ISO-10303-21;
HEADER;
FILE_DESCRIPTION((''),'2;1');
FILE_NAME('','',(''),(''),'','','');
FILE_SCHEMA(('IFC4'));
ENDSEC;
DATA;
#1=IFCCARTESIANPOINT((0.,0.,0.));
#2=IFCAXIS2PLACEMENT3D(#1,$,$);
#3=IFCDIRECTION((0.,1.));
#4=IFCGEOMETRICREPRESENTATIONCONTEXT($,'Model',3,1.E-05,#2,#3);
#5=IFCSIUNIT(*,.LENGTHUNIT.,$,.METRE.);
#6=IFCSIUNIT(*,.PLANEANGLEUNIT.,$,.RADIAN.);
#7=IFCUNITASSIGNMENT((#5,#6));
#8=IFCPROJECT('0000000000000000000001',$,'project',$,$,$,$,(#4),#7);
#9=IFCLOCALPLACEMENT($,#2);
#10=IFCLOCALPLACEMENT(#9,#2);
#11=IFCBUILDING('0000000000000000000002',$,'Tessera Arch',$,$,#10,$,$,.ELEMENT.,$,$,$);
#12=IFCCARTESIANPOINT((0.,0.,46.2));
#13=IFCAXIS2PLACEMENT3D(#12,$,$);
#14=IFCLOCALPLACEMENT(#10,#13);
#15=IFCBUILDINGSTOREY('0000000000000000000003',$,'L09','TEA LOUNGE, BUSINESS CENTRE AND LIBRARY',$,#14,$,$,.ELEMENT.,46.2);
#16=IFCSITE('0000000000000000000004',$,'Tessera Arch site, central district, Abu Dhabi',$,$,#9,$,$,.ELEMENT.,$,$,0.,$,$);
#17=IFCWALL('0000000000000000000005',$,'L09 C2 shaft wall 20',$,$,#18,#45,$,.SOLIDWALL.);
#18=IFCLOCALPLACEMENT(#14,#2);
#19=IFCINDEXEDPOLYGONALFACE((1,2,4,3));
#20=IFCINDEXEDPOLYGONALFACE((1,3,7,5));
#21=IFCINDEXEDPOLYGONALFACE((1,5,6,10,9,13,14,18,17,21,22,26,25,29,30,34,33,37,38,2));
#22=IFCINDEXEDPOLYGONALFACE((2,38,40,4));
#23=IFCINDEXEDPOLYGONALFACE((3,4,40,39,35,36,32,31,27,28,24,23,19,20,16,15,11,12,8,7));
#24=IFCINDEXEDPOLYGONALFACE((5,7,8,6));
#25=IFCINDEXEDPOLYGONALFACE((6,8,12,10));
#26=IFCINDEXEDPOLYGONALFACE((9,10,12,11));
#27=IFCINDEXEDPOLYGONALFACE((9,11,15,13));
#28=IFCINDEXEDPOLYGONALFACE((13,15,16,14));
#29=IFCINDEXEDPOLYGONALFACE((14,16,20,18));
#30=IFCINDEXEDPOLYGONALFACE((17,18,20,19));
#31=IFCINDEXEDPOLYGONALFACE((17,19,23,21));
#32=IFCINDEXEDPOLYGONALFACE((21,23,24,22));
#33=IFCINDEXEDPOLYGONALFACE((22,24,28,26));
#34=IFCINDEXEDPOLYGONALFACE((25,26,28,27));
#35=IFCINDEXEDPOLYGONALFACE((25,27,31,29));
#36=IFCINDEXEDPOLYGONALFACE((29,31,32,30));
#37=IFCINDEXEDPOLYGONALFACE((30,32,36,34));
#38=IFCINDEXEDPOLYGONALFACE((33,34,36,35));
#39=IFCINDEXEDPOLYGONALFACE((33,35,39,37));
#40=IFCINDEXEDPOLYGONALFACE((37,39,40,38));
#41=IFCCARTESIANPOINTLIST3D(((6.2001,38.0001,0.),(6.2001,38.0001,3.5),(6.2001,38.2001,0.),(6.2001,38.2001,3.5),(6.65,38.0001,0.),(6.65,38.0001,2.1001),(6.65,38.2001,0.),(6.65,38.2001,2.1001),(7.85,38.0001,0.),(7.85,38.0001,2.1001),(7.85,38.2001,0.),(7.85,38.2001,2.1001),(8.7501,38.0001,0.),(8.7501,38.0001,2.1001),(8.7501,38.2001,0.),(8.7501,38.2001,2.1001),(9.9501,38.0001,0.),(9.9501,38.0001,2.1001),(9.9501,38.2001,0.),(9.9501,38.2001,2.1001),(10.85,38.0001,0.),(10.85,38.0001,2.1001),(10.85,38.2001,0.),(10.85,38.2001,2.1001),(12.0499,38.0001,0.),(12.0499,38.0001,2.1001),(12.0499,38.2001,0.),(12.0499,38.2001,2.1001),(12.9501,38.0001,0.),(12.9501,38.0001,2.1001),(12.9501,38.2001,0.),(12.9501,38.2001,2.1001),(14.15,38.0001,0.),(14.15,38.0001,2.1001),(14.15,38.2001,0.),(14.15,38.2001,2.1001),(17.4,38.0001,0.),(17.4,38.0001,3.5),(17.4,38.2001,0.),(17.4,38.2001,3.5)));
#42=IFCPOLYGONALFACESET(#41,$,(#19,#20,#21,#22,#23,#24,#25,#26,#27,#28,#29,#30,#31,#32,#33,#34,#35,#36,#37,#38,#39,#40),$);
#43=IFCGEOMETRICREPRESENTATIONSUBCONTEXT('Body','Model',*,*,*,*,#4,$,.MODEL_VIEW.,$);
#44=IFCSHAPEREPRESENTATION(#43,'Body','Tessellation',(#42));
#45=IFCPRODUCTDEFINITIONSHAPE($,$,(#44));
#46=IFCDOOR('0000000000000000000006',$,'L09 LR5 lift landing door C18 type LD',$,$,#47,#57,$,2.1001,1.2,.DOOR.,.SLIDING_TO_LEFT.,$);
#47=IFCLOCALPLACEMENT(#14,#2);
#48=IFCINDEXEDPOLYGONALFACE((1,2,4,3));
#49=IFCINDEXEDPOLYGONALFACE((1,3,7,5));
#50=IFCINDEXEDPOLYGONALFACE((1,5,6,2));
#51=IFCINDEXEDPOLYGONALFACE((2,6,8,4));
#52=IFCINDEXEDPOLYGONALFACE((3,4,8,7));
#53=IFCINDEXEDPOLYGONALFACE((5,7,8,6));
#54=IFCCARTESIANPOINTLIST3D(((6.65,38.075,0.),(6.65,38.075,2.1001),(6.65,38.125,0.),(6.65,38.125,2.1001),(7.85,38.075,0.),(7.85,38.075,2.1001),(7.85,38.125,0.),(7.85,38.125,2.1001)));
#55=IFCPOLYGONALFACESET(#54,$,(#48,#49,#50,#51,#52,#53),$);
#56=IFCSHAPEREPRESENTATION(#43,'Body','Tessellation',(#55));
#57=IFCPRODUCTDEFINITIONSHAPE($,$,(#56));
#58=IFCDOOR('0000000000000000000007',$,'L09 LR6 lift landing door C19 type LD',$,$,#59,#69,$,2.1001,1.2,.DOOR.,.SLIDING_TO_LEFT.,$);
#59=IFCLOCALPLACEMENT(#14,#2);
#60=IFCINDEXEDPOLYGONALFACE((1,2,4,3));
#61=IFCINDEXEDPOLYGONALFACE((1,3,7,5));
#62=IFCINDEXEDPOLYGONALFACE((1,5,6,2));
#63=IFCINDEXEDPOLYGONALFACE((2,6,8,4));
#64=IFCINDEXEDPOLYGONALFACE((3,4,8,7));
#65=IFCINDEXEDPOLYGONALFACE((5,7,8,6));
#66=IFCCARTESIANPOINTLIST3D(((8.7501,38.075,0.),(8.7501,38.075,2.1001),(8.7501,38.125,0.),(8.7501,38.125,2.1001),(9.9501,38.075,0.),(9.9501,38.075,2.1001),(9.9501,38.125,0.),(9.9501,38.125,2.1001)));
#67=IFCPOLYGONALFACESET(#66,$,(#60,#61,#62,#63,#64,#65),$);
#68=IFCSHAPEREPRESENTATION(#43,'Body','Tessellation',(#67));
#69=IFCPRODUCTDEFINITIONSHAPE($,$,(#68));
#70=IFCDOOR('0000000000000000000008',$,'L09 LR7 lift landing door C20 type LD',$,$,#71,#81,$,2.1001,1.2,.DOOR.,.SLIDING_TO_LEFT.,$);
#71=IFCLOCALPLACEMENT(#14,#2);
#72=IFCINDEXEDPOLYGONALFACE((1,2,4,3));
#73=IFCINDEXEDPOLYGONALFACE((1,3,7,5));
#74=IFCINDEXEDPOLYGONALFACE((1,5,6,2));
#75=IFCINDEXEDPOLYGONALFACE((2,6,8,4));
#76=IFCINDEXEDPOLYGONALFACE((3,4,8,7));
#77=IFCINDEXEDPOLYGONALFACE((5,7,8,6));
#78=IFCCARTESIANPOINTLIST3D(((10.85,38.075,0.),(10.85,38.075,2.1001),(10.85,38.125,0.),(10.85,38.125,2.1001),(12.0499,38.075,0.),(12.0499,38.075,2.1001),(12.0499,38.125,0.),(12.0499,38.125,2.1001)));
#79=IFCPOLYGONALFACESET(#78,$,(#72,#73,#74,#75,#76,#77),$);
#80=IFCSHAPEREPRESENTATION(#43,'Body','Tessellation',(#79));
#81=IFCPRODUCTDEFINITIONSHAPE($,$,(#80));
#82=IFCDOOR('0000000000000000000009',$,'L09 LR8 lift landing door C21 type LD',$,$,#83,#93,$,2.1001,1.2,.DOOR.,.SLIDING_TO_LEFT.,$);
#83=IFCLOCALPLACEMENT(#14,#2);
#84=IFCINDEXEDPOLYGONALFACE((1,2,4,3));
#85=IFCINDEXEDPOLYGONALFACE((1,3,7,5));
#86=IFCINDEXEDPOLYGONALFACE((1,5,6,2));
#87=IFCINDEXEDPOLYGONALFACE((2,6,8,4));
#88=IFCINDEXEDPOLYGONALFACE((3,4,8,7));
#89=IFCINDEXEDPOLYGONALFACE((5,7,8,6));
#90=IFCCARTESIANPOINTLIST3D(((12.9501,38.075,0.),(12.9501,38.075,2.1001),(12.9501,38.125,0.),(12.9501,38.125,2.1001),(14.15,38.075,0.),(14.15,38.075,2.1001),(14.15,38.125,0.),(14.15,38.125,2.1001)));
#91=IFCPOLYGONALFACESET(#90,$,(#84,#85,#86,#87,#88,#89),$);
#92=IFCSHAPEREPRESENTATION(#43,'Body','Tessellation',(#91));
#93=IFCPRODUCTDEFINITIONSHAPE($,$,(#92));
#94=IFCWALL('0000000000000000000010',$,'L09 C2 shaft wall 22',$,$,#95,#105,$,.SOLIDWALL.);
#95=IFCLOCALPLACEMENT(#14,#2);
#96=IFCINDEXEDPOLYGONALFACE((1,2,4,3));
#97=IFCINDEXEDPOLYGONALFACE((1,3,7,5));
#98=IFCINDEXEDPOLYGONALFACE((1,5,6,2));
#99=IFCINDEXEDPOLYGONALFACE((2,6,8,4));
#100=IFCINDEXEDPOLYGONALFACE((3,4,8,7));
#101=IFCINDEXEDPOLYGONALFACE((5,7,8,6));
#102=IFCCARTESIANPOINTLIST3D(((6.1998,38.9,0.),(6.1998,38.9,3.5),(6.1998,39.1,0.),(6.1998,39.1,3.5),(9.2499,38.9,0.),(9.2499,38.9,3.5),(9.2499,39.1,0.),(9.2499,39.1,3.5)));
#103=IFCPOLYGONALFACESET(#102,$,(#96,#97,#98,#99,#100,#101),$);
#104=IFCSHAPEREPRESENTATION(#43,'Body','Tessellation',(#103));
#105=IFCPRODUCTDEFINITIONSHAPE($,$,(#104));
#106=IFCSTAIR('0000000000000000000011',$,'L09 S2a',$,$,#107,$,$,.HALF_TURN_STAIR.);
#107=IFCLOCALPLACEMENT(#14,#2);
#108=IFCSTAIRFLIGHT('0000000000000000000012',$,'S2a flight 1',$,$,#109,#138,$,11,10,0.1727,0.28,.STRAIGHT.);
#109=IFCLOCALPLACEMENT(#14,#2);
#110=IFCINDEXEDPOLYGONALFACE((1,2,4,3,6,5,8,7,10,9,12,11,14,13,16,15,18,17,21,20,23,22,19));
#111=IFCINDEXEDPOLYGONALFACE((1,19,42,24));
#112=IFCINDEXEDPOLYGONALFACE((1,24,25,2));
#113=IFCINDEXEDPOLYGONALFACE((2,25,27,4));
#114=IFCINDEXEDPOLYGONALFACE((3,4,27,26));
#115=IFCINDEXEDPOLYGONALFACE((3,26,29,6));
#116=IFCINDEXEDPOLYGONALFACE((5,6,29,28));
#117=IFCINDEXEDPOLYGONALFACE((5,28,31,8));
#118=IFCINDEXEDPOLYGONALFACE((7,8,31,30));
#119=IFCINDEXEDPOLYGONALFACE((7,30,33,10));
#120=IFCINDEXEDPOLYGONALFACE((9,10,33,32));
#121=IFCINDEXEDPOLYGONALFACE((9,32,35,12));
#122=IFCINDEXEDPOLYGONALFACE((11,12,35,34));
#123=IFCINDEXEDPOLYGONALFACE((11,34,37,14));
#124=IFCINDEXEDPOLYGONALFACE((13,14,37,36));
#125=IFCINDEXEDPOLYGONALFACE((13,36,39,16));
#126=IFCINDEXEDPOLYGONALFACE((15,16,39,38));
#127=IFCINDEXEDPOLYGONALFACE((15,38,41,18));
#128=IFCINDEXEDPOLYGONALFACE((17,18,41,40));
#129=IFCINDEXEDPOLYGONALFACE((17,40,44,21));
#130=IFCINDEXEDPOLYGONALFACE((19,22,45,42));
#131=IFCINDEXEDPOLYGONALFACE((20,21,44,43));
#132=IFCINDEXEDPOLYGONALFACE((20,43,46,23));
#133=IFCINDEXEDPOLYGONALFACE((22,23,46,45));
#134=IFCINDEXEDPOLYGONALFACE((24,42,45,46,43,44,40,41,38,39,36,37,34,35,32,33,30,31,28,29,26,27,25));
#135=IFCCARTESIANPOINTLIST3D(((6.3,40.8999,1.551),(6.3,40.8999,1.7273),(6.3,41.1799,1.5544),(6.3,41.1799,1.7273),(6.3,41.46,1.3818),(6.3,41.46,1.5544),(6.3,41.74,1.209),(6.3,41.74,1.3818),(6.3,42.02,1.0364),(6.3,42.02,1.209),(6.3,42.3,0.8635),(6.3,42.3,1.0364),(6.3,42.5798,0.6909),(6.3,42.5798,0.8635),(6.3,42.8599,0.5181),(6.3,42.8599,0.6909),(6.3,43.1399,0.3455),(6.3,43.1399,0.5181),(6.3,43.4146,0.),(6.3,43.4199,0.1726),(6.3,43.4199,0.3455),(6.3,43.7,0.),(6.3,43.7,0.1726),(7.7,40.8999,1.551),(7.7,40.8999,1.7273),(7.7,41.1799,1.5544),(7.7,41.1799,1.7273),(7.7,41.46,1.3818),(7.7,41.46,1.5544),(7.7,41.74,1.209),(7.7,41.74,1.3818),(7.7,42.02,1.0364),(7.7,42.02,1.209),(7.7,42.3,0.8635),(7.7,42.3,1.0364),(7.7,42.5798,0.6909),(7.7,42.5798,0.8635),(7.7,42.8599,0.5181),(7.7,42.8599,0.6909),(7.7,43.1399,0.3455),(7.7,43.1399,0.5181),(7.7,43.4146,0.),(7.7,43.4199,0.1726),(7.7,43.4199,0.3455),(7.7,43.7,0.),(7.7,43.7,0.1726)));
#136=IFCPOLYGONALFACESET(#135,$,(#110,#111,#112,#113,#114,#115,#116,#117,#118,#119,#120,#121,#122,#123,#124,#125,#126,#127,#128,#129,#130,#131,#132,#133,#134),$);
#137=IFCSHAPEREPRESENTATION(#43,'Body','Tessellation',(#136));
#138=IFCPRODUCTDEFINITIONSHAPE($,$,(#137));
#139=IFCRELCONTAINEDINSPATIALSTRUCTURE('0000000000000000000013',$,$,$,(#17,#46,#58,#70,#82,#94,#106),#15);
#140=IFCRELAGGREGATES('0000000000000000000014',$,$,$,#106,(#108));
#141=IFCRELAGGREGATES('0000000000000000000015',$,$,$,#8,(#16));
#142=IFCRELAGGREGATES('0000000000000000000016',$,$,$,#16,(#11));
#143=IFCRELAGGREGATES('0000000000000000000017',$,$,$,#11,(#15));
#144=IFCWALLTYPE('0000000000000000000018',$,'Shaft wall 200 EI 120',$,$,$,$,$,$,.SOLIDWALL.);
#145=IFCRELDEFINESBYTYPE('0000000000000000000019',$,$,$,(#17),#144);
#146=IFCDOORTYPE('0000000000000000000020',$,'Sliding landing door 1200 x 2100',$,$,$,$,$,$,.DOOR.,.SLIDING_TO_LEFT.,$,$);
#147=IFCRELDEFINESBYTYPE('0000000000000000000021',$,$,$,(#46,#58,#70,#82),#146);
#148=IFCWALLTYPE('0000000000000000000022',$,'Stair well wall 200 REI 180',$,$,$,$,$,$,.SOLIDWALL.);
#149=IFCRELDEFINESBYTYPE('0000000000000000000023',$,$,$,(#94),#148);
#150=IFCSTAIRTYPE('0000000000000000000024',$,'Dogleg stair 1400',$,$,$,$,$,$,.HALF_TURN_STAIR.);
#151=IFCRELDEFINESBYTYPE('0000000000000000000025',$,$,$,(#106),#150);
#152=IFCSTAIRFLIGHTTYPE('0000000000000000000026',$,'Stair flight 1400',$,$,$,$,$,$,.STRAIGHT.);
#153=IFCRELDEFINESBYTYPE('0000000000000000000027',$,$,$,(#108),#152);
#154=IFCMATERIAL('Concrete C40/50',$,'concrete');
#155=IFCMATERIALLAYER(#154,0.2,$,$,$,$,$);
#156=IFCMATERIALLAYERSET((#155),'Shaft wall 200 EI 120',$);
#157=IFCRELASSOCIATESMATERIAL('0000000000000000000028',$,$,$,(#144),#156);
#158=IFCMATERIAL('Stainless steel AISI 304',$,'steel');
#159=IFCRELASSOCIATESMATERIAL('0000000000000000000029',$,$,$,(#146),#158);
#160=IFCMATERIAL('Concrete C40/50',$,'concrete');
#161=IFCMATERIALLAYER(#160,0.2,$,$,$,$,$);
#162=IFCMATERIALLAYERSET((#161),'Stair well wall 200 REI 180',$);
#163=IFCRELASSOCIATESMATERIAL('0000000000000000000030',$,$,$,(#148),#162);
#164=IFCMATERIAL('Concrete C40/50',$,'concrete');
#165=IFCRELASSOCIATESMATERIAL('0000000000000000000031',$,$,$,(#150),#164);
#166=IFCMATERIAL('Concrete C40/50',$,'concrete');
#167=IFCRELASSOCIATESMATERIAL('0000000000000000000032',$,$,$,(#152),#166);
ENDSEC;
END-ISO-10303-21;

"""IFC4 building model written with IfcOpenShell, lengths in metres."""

from ifc_helpers import new_model, si_unit, direction, frame, frame_2d, origin, place, context, subcontext, project, spatial, polyline, rectangle, outline, extrude, material, layer, layer_set, type_object, element, fill, aggregate, save


model = new_model("IFC4")

# Units and contexts
model_context = context("Model", 3, precision=1e-05, world=origin(), true_north=direction((0.0, 1.0)))
body_context = subcontext(model_context, "Body", "Model", "MODEL_VIEW")
ifc_project = project(units=[si_unit("LENGTHUNIT", "METRE"), si_unit("PLANEANGLEUNIT", "RADIAN")], contexts=[model_context])

# Site, building, storey
site_placement = place(None, origin())
site = spatial("IfcSite", under=ifc_project, at=site_placement, Name="Tessera Arch site, central district, Abu Dhabi", CompositionType="ELEMENT", RefElevation=0.0)
building_placement = place(site_placement, origin())
building = spatial("IfcBuilding", under=site, at=building_placement, Name="Tessera Arch", CompositionType="ELEMENT")
storey_placement = place(building_placement, frame((0.0, 0.0, 46.2)))
storey = spatial("IfcBuildingStorey", under=building, at=storey_placement, Name="L09", Description="TEA LOUNGE, BUSINESS CENTRE AND LIBRARY", CompositionType="ELEMENT", Elevation=46.2)

# Wall, openings, doors
ifc_material_1 = material(Name="Concrete C40/50", Category="concrete")
ifc_layer_1 = layer(ifc_material_1, 0.2)
ifc_layer_set_1 = layer_set([ifc_layer_1], Name="Shaft wall 200 EI 120")
wall_type_1 = type_object("IfcWallType", Name="Shaft wall 200 EI 120", PredefinedType="SOLIDWALL", material=ifc_layer_set_1)
wall_1_placement = place(storey_placement, frame((6.2, 38.1001, 0.0), z_axis=(0.0, 0.0, 1.0), x_axis=(1.0, 0.0, 0.0)))
wall_1 = element("IfcWall", 1, at=wall_1_placement, inside=storey, type_object=wall_type_1, Name="L09 C2 shaft wall 20", PredefinedType="SOLIDWALL", context=body_context, shape_type="SweptSolid", body=[
    extrude(rectangle(XDim=11.2, YDim=0.2, at=frame_2d((5.6001, 0.0))), origin(), (0.0, 0.0, 1.0), 3.5),
])
opening_1_placement = place(wall_1_placement, frame((0.45, 0.0, 0.0)))
opening_1 = element("IfcOpeningElement", 2, at=opening_1_placement, cuts=wall_1, PredefinedType="OPENING", context=body_context, shape_type="SweptSolid", body=[
    extrude(rectangle(XDim=1.2, YDim=2.1001, at=frame_2d((0.6001, 1.05))), frame((0.0, 0.1099, 0.0), z_axis=(0.0, -1.0, 0.0), x_axis=(1.0, 0.0, 0.0)), (0.0, 0.0, 1.0), 0.22),
])
opening_2_placement = place(wall_1_placement, frame((2.55, 0.0, 0.0)))
opening_2 = element("IfcOpeningElement", 3, at=opening_2_placement, cuts=wall_1, PredefinedType="OPENING", context=body_context, shape_type="SweptSolid", body=[
    extrude(rectangle(XDim=1.2, YDim=2.1001, at=frame_2d((0.6001, 1.05))), frame((0.0, 0.1099, 0.0), z_axis=(0.0, -1.0, 0.0), x_axis=(1.0, 0.0, 0.0)), (0.0, 0.0, 1.0), 0.22),
])
opening_3_placement = place(wall_1_placement, frame((4.6499, 0.0, 0.0)))
opening_3 = element("IfcOpeningElement", 4, at=opening_3_placement, cuts=wall_1, PredefinedType="OPENING", context=body_context, shape_type="SweptSolid", body=[
    extrude(rectangle(XDim=1.2, YDim=2.1001, at=frame_2d((0.6001, 1.05))), frame((0.0, 0.1099, 0.0), z_axis=(0.0, -1.0, 0.0), x_axis=(1.0, 0.0, 0.0)), (0.0, 0.0, 1.0), 0.22),
])
opening_4_placement = place(wall_1_placement, frame((6.75, 0.0, 0.0)))
opening_4 = element("IfcOpeningElement", 5, at=opening_4_placement, cuts=wall_1, PredefinedType="OPENING", context=body_context, shape_type="SweptSolid", body=[
    extrude(rectangle(XDim=1.2, YDim=2.1001, at=frame_2d((0.6001, 1.05))), frame((0.0, 0.1099, 0.0), z_axis=(0.0, -1.0, 0.0), x_axis=(1.0, 0.0, 0.0)), (0.0, 0.0, 1.0), 0.22),
])
ifc_material_2 = material(Name="Stainless steel AISI 304", Category="steel")
door_type = type_object("IfcDoorType", Name="Sliding landing door 1200 x 2100", OperationType="SLIDING_TO_LEFT", PredefinedType="DOOR", material=ifc_material_2)
door_1_placement = place(opening_1_placement, origin())
door_1 = element("IfcDoor", 6, at=door_1_placement, inside=storey, type_object=door_type, Name="L09 LR5 lift landing door C18 type LD", OperationType="SLIDING_TO_LEFT", OverallHeight=2.1001, OverallWidth=1.2, PredefinedType="DOOR", context=body_context, shape_type="SweptSolid", body=[
    extrude(rectangle(XDim=1.2, YDim=2.1001, at=frame_2d((0.6001, 1.05))), frame((0.0, 0.0249, 0.0), z_axis=(0.0, -1.0, 0.0), x_axis=(1.0, 0.0, 0.0)), (0.0, 0.0, 1.0), 0.05),
])
fill(opening_1, door_1)
door_2_placement = place(opening_2_placement, origin())
door_2 = element("IfcDoor", 7, at=door_2_placement, inside=storey, type_object=door_type, Name="L09 LR6 lift landing door C19 type LD", OperationType="SLIDING_TO_LEFT", OverallHeight=2.1001, OverallWidth=1.2, PredefinedType="DOOR", context=body_context, shape_type="SweptSolid", body=[
    extrude(rectangle(XDim=1.2, YDim=2.1001, at=frame_2d((0.6001, 1.05))), frame((0.0, 0.0249, 0.0), z_axis=(0.0, -1.0, 0.0), x_axis=(1.0, 0.0, 0.0)), (0.0, 0.0, 1.0), 0.05),
])
fill(opening_2, door_2)
door_3_placement = place(opening_3_placement, origin())
door_3 = element("IfcDoor", 8, at=door_3_placement, inside=storey, type_object=door_type, Name="L09 LR7 lift landing door C20 type LD", OperationType="SLIDING_TO_LEFT", OverallHeight=2.1001, OverallWidth=1.2, PredefinedType="DOOR", context=body_context, shape_type="SweptSolid", body=[
    extrude(rectangle(XDim=1.2, YDim=2.1001, at=frame_2d((0.6001, 1.05))), frame((0.0, 0.0249, 0.0), z_axis=(0.0, -1.0, 0.0), x_axis=(1.0, 0.0, 0.0)), (0.0, 0.0, 1.0), 0.05),
])
fill(opening_3, door_3)
door_4_placement = place(opening_4_placement, origin())
door_4 = element("IfcDoor", 9, at=door_4_placement, inside=storey, type_object=door_type, Name="L09 LR8 lift landing door C21 type LD", OperationType="SLIDING_TO_LEFT", OverallHeight=2.1001, OverallWidth=1.2, PredefinedType="DOOR", context=body_context, shape_type="SweptSolid", body=[
    extrude(rectangle(XDim=1.2, YDim=2.1001, at=frame_2d((0.6001, 1.05))), frame((0.0, 0.0249, 0.0), z_axis=(0.0, -1.0, 0.0), x_axis=(1.0, 0.0, 0.0)), (0.0, 0.0, 1.0), 0.05),
])
fill(opening_4, door_4)

# Wall
ifc_material_3 = material(Name="Concrete C40/50", Category="concrete")
ifc_layer_2 = layer(ifc_material_3, 0.2)
ifc_layer_set_2 = layer_set([ifc_layer_2], Name="Stair well wall 200 REI 180")
wall_type_2 = type_object("IfcWallType", Name="Stair well wall 200 REI 180", PredefinedType="SOLIDWALL", material=ifc_layer_set_2)
wall_2_placement = place(storey_placement, frame((6.2, 39.0, 0.0), z_axis=(0.0, 0.0, 1.0), x_axis=(1.0, 0.0, 0.0)))
element("IfcWall", 10, at=wall_2_placement, inside=storey, type_object=wall_type_2, Name="L09 C2 shaft wall 22", PredefinedType="SOLIDWALL", context=body_context, shape_type="SweptSolid", body=[
    extrude(rectangle(XDim=3.05, YDim=0.2, at=frame_2d((1.5249, 0.0))), origin(), (0.0, 0.0, 1.0), 3.5),
])

# Stair, stair flight
ifc_material_4 = material(Name="Concrete C40/50", Category="concrete")
stair_type = type_object("IfcStairType", Name="Dogleg stair 1400", PredefinedType="HALF_TURN_STAIR", material=ifc_material_4)
stair_placement = place(storey_placement, origin())
stair = element("IfcStair", 11, at=stair_placement, inside=storey, type_object=stair_type, Name="L09 S2a", PredefinedType="HALF_TURN_STAIR")
ifc_material_5 = material(Name="Concrete C40/50", Category="concrete")
stair_flight_type = type_object("IfcStairFlightType", Name="Stair flight 1400", PredefinedType="STRAIGHT", material=ifc_material_5)
stair_flight_placement = place(storey_placement, frame((7.0, 43.7, 0.0), z_axis=(0.0, 0.0, 1.0), x_axis=(0.0, -1.0, 0.0)))
stair_flight = element("IfcStairFlight", 12, at=stair_flight_placement, type_object=stair_flight_type, Name="S2a flight 1", NumberOfRisers=11, NumberOfTreads=10, PredefinedType="STRAIGHT", RiserHeight=0.1727, TreadLength=0.28, context=body_context, shape_type="SweptSolid", body=[
    extrude(outline(polyline([(0.0, 0.0), (0.0, 0.1726), (0.28, 0.1726), (0.28, 0.3455), (0.5601, 0.3455), (0.5601, 0.5181), (0.8401, 0.5181), (0.8401, 0.6909), (1.1201, 0.6909), (1.1201, 0.8635), (1.3999, 0.8635), (1.3999, 1.0364), (1.6799, 1.0364), (1.6799, 1.209), (1.96, 1.209), (1.96, 1.3818), (2.24, 1.3818), (2.24, 1.5544), (2.52, 1.5544), (2.52, 1.7273), (2.8, 1.7273), (2.8, 1.8999), (2.8, 1.551), (0.2854, 0.0), (0.0, 0.0)])), frame((0.0, 0.7, 0.0), z_axis=(0.0, -1.0, 0.0), x_axis=(1.0, 0.0, 0.0)), (0.0, 0.0, 1.0), 1.3999),
])
aggregate(stair, [stair_flight])

save(model, "model.ifc")
